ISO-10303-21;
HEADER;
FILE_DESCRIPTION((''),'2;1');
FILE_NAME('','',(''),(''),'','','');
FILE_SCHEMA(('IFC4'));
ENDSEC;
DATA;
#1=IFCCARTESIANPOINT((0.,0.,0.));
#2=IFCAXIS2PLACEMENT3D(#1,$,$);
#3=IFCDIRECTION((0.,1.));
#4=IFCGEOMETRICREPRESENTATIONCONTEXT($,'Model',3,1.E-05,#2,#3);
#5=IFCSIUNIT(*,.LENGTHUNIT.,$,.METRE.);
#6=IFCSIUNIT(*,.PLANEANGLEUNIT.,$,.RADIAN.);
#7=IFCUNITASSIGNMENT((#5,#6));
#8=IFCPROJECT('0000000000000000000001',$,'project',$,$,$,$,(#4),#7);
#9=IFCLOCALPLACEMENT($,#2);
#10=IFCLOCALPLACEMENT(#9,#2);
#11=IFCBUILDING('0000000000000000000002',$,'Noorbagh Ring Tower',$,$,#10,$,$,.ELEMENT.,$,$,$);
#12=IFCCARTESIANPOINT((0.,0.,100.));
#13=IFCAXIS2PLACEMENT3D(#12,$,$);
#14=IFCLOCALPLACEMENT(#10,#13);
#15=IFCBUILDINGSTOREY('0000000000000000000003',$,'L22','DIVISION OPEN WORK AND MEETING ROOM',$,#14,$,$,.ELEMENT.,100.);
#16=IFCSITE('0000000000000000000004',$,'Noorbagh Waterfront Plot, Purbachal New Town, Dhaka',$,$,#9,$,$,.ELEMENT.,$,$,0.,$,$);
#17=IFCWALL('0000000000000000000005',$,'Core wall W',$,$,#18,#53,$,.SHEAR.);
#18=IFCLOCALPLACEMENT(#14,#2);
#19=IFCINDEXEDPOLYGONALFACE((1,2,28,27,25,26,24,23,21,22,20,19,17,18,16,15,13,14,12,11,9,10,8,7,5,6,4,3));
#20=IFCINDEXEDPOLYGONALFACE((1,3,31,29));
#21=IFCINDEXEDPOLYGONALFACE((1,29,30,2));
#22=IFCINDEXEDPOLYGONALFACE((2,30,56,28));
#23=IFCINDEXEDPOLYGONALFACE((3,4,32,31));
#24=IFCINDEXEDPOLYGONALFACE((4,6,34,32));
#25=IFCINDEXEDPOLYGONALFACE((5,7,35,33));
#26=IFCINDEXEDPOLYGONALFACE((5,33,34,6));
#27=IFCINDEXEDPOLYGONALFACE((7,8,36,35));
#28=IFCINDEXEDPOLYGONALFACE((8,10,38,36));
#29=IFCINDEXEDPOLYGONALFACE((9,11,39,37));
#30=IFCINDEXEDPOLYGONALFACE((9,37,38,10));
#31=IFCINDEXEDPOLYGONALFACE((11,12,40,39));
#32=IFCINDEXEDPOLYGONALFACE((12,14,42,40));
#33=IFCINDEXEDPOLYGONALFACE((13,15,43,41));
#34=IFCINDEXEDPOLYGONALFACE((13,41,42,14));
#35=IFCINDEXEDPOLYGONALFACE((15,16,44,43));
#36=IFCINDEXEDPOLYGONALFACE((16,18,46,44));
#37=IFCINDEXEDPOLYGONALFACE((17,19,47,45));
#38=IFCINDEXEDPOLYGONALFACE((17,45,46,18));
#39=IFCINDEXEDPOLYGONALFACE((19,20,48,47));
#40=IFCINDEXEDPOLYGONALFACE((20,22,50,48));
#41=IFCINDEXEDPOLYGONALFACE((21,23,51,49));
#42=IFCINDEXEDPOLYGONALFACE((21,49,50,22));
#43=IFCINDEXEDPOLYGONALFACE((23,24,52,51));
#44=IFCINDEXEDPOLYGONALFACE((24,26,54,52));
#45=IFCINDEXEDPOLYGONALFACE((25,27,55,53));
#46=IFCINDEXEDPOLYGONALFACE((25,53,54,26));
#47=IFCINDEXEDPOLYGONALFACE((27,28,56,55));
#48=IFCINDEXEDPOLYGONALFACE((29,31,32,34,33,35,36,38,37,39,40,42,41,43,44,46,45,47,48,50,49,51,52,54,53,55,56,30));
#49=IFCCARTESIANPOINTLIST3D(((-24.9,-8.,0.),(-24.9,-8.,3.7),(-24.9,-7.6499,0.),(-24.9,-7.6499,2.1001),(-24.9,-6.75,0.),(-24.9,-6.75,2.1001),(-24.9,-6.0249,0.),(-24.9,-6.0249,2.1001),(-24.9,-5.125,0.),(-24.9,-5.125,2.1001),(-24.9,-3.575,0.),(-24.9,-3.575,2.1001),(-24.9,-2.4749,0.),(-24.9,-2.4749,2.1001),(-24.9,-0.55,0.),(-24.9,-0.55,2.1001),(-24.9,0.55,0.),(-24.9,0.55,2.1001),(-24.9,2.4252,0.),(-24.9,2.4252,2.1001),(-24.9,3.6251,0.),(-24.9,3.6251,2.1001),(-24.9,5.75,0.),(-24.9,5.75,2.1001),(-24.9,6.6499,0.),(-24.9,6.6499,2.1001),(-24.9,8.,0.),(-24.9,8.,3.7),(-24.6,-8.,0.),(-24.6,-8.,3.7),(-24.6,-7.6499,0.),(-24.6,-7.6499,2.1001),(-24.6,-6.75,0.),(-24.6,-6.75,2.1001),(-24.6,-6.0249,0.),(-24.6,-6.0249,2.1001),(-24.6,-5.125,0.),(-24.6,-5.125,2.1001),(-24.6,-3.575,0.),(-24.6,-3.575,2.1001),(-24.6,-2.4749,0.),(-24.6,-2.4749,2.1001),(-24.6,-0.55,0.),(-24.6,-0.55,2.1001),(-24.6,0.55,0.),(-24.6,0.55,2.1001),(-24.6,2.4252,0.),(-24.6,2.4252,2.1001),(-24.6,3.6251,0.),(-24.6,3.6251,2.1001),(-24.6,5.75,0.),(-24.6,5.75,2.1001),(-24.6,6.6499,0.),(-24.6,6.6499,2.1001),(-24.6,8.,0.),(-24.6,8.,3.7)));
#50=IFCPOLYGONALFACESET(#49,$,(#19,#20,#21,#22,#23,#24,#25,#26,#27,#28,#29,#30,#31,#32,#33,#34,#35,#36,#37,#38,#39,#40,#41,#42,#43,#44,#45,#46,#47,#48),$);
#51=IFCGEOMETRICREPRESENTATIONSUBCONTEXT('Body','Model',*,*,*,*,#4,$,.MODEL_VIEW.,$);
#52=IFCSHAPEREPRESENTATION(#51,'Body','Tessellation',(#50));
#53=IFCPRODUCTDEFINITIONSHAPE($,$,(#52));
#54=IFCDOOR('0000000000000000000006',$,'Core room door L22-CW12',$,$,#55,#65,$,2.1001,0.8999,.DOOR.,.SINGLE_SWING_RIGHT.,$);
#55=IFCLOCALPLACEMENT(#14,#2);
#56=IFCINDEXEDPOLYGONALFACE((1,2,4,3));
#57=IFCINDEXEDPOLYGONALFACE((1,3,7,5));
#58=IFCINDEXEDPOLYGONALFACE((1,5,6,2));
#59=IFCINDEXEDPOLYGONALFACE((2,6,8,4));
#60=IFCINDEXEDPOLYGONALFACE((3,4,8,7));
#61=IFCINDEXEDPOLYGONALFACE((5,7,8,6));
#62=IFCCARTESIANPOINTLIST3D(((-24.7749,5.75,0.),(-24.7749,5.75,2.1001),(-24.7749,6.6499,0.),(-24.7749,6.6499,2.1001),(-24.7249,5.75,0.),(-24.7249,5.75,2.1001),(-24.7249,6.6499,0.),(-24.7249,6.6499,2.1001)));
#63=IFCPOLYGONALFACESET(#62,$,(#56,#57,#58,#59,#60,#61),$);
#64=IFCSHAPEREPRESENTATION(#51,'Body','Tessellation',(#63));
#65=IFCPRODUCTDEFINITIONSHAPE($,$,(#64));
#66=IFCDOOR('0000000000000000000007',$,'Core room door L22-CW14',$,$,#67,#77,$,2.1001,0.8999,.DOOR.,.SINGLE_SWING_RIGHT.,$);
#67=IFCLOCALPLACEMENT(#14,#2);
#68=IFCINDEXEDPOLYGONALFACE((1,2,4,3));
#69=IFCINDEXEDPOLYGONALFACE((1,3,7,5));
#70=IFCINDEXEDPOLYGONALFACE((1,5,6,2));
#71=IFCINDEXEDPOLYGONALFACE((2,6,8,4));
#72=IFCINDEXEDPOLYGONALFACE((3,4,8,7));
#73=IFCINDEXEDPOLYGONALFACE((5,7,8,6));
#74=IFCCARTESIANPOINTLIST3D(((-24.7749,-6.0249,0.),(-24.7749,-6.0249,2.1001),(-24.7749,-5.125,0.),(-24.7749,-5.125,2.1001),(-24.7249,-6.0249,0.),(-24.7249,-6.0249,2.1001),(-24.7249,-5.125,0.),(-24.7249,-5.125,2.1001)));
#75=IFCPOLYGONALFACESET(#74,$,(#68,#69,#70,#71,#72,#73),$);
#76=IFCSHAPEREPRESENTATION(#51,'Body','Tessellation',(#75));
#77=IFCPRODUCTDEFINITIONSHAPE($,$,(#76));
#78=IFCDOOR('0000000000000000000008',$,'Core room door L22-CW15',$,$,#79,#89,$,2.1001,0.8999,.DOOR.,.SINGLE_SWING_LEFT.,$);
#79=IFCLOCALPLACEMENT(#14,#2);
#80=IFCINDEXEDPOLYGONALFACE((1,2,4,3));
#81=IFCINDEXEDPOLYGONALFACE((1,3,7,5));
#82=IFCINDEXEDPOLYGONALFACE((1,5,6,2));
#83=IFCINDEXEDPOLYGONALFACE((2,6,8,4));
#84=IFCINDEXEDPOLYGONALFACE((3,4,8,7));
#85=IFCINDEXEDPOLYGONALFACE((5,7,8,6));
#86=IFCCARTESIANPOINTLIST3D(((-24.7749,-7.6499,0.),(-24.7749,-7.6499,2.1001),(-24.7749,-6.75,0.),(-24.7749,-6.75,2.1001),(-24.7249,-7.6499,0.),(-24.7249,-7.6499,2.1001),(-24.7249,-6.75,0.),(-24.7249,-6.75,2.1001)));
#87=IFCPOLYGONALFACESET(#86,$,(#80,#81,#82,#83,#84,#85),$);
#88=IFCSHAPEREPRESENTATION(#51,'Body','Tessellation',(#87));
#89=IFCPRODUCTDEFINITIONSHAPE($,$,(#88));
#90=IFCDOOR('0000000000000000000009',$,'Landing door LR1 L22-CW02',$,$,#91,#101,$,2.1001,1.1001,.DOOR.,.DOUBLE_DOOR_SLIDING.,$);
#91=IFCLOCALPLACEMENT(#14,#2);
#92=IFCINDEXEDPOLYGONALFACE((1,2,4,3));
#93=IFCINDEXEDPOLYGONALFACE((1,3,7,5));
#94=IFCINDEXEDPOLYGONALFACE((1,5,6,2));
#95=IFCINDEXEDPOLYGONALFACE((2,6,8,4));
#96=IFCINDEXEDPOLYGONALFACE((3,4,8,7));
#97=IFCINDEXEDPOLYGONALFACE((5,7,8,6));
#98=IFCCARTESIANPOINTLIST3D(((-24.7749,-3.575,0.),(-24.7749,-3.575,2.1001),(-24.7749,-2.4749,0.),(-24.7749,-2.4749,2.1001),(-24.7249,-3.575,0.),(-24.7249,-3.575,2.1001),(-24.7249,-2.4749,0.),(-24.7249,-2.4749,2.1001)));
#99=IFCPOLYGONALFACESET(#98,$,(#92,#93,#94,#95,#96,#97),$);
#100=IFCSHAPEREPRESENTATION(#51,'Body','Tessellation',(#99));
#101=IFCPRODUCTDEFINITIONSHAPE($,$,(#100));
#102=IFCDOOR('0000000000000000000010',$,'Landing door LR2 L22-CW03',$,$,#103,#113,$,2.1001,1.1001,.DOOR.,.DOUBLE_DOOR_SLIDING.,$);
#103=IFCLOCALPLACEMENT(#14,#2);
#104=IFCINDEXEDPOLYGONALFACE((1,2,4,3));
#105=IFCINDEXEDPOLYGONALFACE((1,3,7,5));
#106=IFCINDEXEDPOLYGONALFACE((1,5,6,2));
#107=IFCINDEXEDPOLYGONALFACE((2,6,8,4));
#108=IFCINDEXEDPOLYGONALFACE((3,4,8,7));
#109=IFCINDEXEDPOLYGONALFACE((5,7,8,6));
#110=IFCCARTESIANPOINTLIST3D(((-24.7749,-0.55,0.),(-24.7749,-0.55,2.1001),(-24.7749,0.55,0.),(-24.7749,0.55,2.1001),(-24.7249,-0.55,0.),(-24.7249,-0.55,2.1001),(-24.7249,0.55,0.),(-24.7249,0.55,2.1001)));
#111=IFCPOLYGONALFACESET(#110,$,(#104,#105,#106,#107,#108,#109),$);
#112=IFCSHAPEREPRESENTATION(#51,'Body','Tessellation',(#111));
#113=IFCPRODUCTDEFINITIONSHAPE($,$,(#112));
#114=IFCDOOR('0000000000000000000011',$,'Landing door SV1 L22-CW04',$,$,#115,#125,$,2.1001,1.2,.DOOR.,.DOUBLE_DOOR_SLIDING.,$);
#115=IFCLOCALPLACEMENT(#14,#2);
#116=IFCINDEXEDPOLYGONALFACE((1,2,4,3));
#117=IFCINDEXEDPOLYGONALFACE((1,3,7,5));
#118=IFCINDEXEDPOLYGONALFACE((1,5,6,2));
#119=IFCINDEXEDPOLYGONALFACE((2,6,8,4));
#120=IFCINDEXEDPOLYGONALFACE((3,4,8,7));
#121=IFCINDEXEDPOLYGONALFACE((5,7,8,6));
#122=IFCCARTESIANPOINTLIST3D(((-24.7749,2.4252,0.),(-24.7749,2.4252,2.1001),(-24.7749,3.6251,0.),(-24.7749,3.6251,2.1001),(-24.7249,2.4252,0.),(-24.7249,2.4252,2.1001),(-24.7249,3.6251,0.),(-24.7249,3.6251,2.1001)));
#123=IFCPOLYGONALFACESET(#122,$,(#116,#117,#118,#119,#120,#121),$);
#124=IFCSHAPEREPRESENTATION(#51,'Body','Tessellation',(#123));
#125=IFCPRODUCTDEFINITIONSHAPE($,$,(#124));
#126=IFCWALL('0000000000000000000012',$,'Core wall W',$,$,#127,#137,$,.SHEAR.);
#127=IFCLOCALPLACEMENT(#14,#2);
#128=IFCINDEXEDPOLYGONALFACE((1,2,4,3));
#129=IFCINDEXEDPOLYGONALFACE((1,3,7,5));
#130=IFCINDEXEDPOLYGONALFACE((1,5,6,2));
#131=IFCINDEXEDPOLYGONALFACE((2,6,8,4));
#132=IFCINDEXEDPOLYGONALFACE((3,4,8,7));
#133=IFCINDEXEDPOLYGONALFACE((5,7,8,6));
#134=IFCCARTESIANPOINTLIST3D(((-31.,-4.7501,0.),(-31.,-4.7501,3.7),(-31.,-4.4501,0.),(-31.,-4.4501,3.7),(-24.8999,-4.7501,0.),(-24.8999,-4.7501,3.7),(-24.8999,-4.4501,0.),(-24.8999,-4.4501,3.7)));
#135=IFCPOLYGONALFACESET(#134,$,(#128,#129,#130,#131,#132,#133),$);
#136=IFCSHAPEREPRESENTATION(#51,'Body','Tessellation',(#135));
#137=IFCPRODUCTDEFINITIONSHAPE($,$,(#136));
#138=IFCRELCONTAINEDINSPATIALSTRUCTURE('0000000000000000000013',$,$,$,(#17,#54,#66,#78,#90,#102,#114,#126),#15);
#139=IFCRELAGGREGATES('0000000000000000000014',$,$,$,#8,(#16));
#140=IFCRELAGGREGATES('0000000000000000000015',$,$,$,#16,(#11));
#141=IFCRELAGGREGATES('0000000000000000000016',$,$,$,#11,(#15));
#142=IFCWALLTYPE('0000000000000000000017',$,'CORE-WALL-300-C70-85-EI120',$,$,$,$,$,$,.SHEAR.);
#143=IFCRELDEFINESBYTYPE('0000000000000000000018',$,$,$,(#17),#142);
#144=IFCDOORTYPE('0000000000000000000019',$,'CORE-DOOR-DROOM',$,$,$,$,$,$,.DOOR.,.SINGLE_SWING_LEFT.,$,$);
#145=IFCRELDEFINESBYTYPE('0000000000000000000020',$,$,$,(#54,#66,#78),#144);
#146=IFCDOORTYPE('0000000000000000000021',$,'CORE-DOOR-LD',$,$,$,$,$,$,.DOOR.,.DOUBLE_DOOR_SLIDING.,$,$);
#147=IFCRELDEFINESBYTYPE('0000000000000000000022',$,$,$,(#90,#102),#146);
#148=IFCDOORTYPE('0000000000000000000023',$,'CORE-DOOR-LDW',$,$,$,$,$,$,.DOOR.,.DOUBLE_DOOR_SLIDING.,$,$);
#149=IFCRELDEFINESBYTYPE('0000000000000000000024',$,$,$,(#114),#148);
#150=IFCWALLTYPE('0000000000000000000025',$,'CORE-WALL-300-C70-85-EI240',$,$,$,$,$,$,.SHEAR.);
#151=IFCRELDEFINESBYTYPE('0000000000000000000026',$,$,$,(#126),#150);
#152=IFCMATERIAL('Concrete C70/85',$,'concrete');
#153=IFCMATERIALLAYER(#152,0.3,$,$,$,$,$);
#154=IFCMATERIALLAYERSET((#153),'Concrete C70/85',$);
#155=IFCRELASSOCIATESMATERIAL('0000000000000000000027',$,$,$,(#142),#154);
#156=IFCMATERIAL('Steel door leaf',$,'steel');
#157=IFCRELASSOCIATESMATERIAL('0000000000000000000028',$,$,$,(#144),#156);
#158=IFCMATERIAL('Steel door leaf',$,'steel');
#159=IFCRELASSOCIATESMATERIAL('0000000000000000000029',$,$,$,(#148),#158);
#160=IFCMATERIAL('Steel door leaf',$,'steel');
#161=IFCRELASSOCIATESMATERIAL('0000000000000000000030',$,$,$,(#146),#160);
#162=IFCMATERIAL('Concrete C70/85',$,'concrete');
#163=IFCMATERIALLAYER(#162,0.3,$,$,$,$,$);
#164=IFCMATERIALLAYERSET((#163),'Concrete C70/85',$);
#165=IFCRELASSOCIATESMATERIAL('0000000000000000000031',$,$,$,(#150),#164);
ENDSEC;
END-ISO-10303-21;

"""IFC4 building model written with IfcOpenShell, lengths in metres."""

from ifc_helpers import new_model, si_unit, direction, frame, frame_2d, origin, place, context, subcontext, project, spatial, rectangle, extrude, material, layer, layer_set, type_object, element, fill, save


model = new_model("IFC4")

# Units and contexts
model_context = context("Model", 3, precision=1e-05, world=origin(), true_north=direction((0.0, 1.0)))
body_context = subcontext(model_context, "Body", "Model", "MODEL_VIEW")
ifc_project = project(units=[si_unit("LENGTHUNIT", "METRE"), si_unit("PLANEANGLEUNIT", "RADIAN")], contexts=[model_context])

# Site, building, storey
site_placement = place(None, origin())
site = spatial("IfcSite", under=ifc_project, at=site_placement, Name="Noorbagh Waterfront Plot, Purbachal New Town, Dhaka", CompositionType="ELEMENT", RefElevation=0.0)
building_placement = place(site_placement, origin())
building = spatial("IfcBuilding", under=site, at=building_placement, Name="Noorbagh Ring Tower", CompositionType="ELEMENT")
storey_placement = place(building_placement, frame((0.0, 0.0, 100.0)))
storey = spatial("IfcBuildingStorey", under=building, at=storey_placement, Name="L22", Description="DIVISION OPEN WORK AND MEETING ROOM", CompositionType="ELEMENT", Elevation=100.0)

# Shared definitions
ifc_material_1 = material(Name="Concrete C70/85", Category="concrete")
ifc_layer_1 = layer(ifc_material_1, 0.3)
ifc_layer_set_1 = layer_set([ifc_layer_1], Name="Concrete C70/85")
wall_type_1 = type_object("IfcWallType", Name="CORE-WALL-300-C70-85-EI120", PredefinedType="SHEAR", material=ifc_layer_set_1)

# Wall, openings, doors
ifc_material_2 = material(Name="Steel door leaf", Category="steel")
door_type_1 = type_object("IfcDoorType", Name="CORE-DOOR-DROOM", OperationType="SINGLE_SWING_LEFT", PredefinedType="DOOR", material=ifc_material_2)
ifc_material_3 = material(Name="Steel door leaf", Category="steel")
door_type_2 = type_object("IfcDoorType", Name="CORE-DOOR-LDW", OperationType="DOUBLE_DOOR_SLIDING", PredefinedType="DOOR", material=ifc_material_3)
wall_1_placement = place(storey_placement, frame((-24.75, -8.0, 0.0), z_axis=(0.0, 0.0, 1.0), x_axis=(0.0, 1.0, 0.0)))
wall_1 = element("IfcWall", 1, at=wall_1_placement, inside=storey, type_object=wall_type_1, Name="Core wall W", PredefinedType="SHEAR", context=body_context, shape_type="SweptSolid", body=[
    extrude(rectangle(XDim=16.0, YDim=0.3, at=frame_2d((8.0, 0.0))), origin(), (0.0, 0.0, 1.0), 3.7),
])
opening_1_placement = place(wall_1_placement, frame((4.425, 0.0, 0.0)))
opening_1 = element("IfcOpeningElement", 2, at=opening_1_placement, cuts=wall_1, PredefinedType="OPENING", context=body_context, shape_type="SweptSolid", body=[
    extrude(rectangle(XDim=1.1001, YDim=2.1001, at=frame_2d((0.55, 1.05))), frame((0.0, 0.1602, 0.0), z_axis=(0.0, -1.0, 0.0), x_axis=(1.0, 0.0, 0.0)), (0.0, 0.0, 1.0), 0.3201),
])
opening_2_placement = place(wall_1_placement, frame((7.45, 0.0, 0.0)))
opening_2 = element("IfcOpeningElement", 3, at=opening_2_placement, cuts=wall_1, PredefinedType="OPENING", context=body_context, shape_type="SweptSolid", body=[
    extrude(rectangle(XDim=1.1001, YDim=2.1001, at=frame_2d((0.55, 1.05))), frame((0.0, 0.1602, 0.0), z_axis=(0.0, -1.0, 0.0), x_axis=(1.0, 0.0, 0.0)), (0.0, 0.0, 1.0), 0.3201),
])
opening_3_placement = place(wall_1_placement, frame((10.425, 0.0, 0.0)))
opening_3 = element("IfcOpeningElement", 4, at=opening_3_placement, cuts=wall_1, PredefinedType="OPENING", context=body_context, shape_type="SweptSolid", body=[
    extrude(rectangle(XDim=1.2, YDim=2.1001, at=frame_2d((0.6001, 1.05))), frame((0.0, 0.1602, 0.0), z_axis=(0.0, -1.0, 0.0), x_axis=(1.0, 0.0, 0.0)), (0.0, 0.0, 1.0), 0.3201),
])
opening_4_placement = place(wall_1_placement, frame((13.75, 0.0, 0.0)))
opening_4 = element("IfcOpeningElement", 5, at=opening_4_placement, cuts=wall_1, PredefinedType="OPENING", context=body_context, shape_type="SweptSolid", body=[
    extrude(rectangle(XDim=0.8999, YDim=2.1001, at=frame_2d((0.45, 1.05))), frame((0.0, 0.1602, 0.0), z_axis=(0.0, -1.0, 0.0), x_axis=(1.0, 0.0, 0.0)), (0.0, 0.0, 1.0), 0.3201),
])
opening_5_placement = place(wall_1_placement, frame((1.9751, 0.0, 0.0)))
opening_5 = element("IfcOpeningElement", 6, at=opening_5_placement, cuts=wall_1, PredefinedType="OPENING", context=body_context, shape_type="SweptSolid", body=[
    extrude(rectangle(XDim=0.8999, YDim=2.1001, at=frame_2d((0.45, 1.05))), frame((0.0, 0.1602, 0.0), z_axis=(0.0, -1.0, 0.0), x_axis=(1.0, 0.0, 0.0)), (0.0, 0.0, 1.0), 0.3201),
])
opening_6_placement = place(wall_1_placement, frame((0.3501, 0.0, 0.0)))
opening_6 = element("IfcOpeningElement", 7, at=opening_6_placement, cuts=wall_1, PredefinedType="OPENING", context=body_context, shape_type="SweptSolid", body=[
    extrude(rectangle(XDim=0.8999, YDim=2.1001, at=frame_2d((0.45, 1.05))), frame((0.0, 0.1602, 0.0), z_axis=(0.0, -1.0, 0.0), x_axis=(1.0, 0.0, 0.0)), (0.0, 0.0, 1.0), 0.3201),
])
door_1_placement = place(opening_4_placement, origin())
door_1 = element("IfcDoor", 8, at=door_1_placement, inside=storey, type_object=door_type_1, Name="Core room door L22-CW12", OperationType="SINGLE_SWING_RIGHT", OverallHeight=2.1001, OverallWidth=0.8999, PredefinedType="DOOR", context=body_context, shape_type="SweptSolid", body=[
    extrude(rectangle(XDim=0.8999, YDim=2.1001, at=frame_2d((0.45, 1.05))), frame((0.0, 0.0249, 0.0), z_axis=(0.0, -1.0, 0.0), x_axis=(1.0, 0.0, 0.0)), (0.0, 0.0, 1.0), 0.05),
])
fill(opening_4, door_1)
door_2_placement = place(opening_5_placement, origin())
door_2 = element("IfcDoor", 9, at=door_2_placement, inside=storey, type_object=door_type_1, Name="Core room door L22-CW14", OperationType="SINGLE_SWING_RIGHT", OverallHeight=2.1001, OverallWidth=0.8999, PredefinedType="DOOR", context=body_context, shape_type="SweptSolid", body=[
    extrude(rectangle(XDim=0.8999, YDim=2.1001, at=frame_2d((0.45, 1.05))), frame((0.0, 0.0249, 0.0), z_axis=(0.0, -1.0, 0.0), x_axis=(1.0, 0.0, 0.0)), (0.0, 0.0, 1.0), 0.05),
])
fill(opening_5, door_2)
door_3_placement = place(opening_6_placement, origin())
door_3 = element("IfcDoor", 10, at=door_3_placement, inside=storey, type_object=door_type_1, Name="Core room door L22-CW15", OperationType="SINGLE_SWING_LEFT", OverallHeight=2.1001, OverallWidth=0.8999, PredefinedType="DOOR", context=body_context, shape_type="SweptSolid", body=[
    extrude(rectangle(XDim=0.8999, YDim=2.1001, at=frame_2d((0.45, 1.05))), frame((0.0, 0.0249, 0.0), z_axis=(0.0, -1.0, 0.0), x_axis=(1.0, 0.0, 0.0)), (0.0, 0.0, 1.0), 0.05),
])
fill(opening_6, door_3)
ifc_material_4 = material(Name="Steel door leaf", Category="steel")
door_type_3 = type_object("IfcDoorType", Name="CORE-DOOR-LD", OperationType="DOUBLE_DOOR_SLIDING", PredefinedType="DOOR", material=ifc_material_4)
door_4_placement = place(opening_1_placement, origin())
door_4 = element("IfcDoor", 11, at=door_4_placement, inside=storey, type_object=door_type_3, Name="Landing door LR1 L22-CW02", OperationType="DOUBLE_DOOR_SLIDING", OverallHeight=2.1001, OverallWidth=1.1001, PredefinedType="DOOR", context=body_context, shape_type="SweptSolid", body=[
    extrude(rectangle(XDim=1.1001, YDim=2.1001, at=frame_2d((0.55, 1.05))), frame((0.0, 0.0249, 0.0), z_axis=(0.0, -1.0, 0.0), x_axis=(1.0, 0.0, 0.0)), (0.0, 0.0, 1.0), 0.05),
])
fill(opening_1, door_4)
door_5_placement = place(opening_2_placement, origin())
door_5 = element("IfcDoor", 12, at=door_5_placement, inside=storey, type_object=door_type_3, Name="Landing door LR2 L22-CW03", OperationType="DOUBLE_DOOR_SLIDING", OverallHeight=2.1001, OverallWidth=1.1001, PredefinedType="DOOR", context=body_context, shape_type="SweptSolid", body=[
    extrude(rectangle(XDim=1.1001, YDim=2.1001, at=frame_2d((0.55, 1.05))), frame((0.0, 0.0249, 0.0), z_axis=(0.0, -1.0, 0.0), x_axis=(1.0, 0.0, 0.0)), (0.0, 0.0, 1.0), 0.05),
])
fill(opening_2, door_5)
door_6_placement = place(opening_3_placement, origin())
door_6 = element("IfcDoor", 13, at=door_6_placement, inside=storey, type_object=door_type_2, Name="Landing door SV1 L22-CW04", OperationType="DOUBLE_DOOR_SLIDING", OverallHeight=2.1001, OverallWidth=1.2, PredefinedType="DOOR", context=body_context, shape_type="SweptSolid", body=[
    extrude(rectangle(XDim=1.2, YDim=2.1001, at=frame_2d((0.6001, 1.05))), frame((0.0, 0.0249, 0.0), z_axis=(0.0, -1.0, 0.0), x_axis=(1.0, 0.0, 0.0)), (0.0, 0.0, 1.0), 0.05),
])
fill(opening_3, door_6)

# Wall
ifc_material_5 = material(Name="Concrete C70/85", Category="concrete")
ifc_layer_2 = layer(ifc_material_5, 0.3)
ifc_layer_set_2 = layer_set([ifc_layer_2], Name="Concrete C70/85")
wall_type_2 = type_object("IfcWallType", Name="CORE-WALL-300-C70-85-EI240", PredefinedType="SHEAR", material=ifc_layer_set_2)
wall_2_placement = place(storey_placement, frame((-24.8999, -4.6001, 0.0), z_axis=(0.0, 0.0, 1.0), x_axis=(-1.0, 0.0, 0.0)))
element("IfcWall", 14, at=wall_2_placement, inside=storey, type_object=wall_type_2, Name="Core wall W", PredefinedType="SHEAR", context=body_context, shape_type="SweptSolid", body=[
    extrude(rectangle(XDim=6.1001, YDim=0.3, at=frame_2d((3.05, 0.0))), origin(), (0.0, 0.0, 1.0), 3.7),
])

save(model, "model.ifc")
